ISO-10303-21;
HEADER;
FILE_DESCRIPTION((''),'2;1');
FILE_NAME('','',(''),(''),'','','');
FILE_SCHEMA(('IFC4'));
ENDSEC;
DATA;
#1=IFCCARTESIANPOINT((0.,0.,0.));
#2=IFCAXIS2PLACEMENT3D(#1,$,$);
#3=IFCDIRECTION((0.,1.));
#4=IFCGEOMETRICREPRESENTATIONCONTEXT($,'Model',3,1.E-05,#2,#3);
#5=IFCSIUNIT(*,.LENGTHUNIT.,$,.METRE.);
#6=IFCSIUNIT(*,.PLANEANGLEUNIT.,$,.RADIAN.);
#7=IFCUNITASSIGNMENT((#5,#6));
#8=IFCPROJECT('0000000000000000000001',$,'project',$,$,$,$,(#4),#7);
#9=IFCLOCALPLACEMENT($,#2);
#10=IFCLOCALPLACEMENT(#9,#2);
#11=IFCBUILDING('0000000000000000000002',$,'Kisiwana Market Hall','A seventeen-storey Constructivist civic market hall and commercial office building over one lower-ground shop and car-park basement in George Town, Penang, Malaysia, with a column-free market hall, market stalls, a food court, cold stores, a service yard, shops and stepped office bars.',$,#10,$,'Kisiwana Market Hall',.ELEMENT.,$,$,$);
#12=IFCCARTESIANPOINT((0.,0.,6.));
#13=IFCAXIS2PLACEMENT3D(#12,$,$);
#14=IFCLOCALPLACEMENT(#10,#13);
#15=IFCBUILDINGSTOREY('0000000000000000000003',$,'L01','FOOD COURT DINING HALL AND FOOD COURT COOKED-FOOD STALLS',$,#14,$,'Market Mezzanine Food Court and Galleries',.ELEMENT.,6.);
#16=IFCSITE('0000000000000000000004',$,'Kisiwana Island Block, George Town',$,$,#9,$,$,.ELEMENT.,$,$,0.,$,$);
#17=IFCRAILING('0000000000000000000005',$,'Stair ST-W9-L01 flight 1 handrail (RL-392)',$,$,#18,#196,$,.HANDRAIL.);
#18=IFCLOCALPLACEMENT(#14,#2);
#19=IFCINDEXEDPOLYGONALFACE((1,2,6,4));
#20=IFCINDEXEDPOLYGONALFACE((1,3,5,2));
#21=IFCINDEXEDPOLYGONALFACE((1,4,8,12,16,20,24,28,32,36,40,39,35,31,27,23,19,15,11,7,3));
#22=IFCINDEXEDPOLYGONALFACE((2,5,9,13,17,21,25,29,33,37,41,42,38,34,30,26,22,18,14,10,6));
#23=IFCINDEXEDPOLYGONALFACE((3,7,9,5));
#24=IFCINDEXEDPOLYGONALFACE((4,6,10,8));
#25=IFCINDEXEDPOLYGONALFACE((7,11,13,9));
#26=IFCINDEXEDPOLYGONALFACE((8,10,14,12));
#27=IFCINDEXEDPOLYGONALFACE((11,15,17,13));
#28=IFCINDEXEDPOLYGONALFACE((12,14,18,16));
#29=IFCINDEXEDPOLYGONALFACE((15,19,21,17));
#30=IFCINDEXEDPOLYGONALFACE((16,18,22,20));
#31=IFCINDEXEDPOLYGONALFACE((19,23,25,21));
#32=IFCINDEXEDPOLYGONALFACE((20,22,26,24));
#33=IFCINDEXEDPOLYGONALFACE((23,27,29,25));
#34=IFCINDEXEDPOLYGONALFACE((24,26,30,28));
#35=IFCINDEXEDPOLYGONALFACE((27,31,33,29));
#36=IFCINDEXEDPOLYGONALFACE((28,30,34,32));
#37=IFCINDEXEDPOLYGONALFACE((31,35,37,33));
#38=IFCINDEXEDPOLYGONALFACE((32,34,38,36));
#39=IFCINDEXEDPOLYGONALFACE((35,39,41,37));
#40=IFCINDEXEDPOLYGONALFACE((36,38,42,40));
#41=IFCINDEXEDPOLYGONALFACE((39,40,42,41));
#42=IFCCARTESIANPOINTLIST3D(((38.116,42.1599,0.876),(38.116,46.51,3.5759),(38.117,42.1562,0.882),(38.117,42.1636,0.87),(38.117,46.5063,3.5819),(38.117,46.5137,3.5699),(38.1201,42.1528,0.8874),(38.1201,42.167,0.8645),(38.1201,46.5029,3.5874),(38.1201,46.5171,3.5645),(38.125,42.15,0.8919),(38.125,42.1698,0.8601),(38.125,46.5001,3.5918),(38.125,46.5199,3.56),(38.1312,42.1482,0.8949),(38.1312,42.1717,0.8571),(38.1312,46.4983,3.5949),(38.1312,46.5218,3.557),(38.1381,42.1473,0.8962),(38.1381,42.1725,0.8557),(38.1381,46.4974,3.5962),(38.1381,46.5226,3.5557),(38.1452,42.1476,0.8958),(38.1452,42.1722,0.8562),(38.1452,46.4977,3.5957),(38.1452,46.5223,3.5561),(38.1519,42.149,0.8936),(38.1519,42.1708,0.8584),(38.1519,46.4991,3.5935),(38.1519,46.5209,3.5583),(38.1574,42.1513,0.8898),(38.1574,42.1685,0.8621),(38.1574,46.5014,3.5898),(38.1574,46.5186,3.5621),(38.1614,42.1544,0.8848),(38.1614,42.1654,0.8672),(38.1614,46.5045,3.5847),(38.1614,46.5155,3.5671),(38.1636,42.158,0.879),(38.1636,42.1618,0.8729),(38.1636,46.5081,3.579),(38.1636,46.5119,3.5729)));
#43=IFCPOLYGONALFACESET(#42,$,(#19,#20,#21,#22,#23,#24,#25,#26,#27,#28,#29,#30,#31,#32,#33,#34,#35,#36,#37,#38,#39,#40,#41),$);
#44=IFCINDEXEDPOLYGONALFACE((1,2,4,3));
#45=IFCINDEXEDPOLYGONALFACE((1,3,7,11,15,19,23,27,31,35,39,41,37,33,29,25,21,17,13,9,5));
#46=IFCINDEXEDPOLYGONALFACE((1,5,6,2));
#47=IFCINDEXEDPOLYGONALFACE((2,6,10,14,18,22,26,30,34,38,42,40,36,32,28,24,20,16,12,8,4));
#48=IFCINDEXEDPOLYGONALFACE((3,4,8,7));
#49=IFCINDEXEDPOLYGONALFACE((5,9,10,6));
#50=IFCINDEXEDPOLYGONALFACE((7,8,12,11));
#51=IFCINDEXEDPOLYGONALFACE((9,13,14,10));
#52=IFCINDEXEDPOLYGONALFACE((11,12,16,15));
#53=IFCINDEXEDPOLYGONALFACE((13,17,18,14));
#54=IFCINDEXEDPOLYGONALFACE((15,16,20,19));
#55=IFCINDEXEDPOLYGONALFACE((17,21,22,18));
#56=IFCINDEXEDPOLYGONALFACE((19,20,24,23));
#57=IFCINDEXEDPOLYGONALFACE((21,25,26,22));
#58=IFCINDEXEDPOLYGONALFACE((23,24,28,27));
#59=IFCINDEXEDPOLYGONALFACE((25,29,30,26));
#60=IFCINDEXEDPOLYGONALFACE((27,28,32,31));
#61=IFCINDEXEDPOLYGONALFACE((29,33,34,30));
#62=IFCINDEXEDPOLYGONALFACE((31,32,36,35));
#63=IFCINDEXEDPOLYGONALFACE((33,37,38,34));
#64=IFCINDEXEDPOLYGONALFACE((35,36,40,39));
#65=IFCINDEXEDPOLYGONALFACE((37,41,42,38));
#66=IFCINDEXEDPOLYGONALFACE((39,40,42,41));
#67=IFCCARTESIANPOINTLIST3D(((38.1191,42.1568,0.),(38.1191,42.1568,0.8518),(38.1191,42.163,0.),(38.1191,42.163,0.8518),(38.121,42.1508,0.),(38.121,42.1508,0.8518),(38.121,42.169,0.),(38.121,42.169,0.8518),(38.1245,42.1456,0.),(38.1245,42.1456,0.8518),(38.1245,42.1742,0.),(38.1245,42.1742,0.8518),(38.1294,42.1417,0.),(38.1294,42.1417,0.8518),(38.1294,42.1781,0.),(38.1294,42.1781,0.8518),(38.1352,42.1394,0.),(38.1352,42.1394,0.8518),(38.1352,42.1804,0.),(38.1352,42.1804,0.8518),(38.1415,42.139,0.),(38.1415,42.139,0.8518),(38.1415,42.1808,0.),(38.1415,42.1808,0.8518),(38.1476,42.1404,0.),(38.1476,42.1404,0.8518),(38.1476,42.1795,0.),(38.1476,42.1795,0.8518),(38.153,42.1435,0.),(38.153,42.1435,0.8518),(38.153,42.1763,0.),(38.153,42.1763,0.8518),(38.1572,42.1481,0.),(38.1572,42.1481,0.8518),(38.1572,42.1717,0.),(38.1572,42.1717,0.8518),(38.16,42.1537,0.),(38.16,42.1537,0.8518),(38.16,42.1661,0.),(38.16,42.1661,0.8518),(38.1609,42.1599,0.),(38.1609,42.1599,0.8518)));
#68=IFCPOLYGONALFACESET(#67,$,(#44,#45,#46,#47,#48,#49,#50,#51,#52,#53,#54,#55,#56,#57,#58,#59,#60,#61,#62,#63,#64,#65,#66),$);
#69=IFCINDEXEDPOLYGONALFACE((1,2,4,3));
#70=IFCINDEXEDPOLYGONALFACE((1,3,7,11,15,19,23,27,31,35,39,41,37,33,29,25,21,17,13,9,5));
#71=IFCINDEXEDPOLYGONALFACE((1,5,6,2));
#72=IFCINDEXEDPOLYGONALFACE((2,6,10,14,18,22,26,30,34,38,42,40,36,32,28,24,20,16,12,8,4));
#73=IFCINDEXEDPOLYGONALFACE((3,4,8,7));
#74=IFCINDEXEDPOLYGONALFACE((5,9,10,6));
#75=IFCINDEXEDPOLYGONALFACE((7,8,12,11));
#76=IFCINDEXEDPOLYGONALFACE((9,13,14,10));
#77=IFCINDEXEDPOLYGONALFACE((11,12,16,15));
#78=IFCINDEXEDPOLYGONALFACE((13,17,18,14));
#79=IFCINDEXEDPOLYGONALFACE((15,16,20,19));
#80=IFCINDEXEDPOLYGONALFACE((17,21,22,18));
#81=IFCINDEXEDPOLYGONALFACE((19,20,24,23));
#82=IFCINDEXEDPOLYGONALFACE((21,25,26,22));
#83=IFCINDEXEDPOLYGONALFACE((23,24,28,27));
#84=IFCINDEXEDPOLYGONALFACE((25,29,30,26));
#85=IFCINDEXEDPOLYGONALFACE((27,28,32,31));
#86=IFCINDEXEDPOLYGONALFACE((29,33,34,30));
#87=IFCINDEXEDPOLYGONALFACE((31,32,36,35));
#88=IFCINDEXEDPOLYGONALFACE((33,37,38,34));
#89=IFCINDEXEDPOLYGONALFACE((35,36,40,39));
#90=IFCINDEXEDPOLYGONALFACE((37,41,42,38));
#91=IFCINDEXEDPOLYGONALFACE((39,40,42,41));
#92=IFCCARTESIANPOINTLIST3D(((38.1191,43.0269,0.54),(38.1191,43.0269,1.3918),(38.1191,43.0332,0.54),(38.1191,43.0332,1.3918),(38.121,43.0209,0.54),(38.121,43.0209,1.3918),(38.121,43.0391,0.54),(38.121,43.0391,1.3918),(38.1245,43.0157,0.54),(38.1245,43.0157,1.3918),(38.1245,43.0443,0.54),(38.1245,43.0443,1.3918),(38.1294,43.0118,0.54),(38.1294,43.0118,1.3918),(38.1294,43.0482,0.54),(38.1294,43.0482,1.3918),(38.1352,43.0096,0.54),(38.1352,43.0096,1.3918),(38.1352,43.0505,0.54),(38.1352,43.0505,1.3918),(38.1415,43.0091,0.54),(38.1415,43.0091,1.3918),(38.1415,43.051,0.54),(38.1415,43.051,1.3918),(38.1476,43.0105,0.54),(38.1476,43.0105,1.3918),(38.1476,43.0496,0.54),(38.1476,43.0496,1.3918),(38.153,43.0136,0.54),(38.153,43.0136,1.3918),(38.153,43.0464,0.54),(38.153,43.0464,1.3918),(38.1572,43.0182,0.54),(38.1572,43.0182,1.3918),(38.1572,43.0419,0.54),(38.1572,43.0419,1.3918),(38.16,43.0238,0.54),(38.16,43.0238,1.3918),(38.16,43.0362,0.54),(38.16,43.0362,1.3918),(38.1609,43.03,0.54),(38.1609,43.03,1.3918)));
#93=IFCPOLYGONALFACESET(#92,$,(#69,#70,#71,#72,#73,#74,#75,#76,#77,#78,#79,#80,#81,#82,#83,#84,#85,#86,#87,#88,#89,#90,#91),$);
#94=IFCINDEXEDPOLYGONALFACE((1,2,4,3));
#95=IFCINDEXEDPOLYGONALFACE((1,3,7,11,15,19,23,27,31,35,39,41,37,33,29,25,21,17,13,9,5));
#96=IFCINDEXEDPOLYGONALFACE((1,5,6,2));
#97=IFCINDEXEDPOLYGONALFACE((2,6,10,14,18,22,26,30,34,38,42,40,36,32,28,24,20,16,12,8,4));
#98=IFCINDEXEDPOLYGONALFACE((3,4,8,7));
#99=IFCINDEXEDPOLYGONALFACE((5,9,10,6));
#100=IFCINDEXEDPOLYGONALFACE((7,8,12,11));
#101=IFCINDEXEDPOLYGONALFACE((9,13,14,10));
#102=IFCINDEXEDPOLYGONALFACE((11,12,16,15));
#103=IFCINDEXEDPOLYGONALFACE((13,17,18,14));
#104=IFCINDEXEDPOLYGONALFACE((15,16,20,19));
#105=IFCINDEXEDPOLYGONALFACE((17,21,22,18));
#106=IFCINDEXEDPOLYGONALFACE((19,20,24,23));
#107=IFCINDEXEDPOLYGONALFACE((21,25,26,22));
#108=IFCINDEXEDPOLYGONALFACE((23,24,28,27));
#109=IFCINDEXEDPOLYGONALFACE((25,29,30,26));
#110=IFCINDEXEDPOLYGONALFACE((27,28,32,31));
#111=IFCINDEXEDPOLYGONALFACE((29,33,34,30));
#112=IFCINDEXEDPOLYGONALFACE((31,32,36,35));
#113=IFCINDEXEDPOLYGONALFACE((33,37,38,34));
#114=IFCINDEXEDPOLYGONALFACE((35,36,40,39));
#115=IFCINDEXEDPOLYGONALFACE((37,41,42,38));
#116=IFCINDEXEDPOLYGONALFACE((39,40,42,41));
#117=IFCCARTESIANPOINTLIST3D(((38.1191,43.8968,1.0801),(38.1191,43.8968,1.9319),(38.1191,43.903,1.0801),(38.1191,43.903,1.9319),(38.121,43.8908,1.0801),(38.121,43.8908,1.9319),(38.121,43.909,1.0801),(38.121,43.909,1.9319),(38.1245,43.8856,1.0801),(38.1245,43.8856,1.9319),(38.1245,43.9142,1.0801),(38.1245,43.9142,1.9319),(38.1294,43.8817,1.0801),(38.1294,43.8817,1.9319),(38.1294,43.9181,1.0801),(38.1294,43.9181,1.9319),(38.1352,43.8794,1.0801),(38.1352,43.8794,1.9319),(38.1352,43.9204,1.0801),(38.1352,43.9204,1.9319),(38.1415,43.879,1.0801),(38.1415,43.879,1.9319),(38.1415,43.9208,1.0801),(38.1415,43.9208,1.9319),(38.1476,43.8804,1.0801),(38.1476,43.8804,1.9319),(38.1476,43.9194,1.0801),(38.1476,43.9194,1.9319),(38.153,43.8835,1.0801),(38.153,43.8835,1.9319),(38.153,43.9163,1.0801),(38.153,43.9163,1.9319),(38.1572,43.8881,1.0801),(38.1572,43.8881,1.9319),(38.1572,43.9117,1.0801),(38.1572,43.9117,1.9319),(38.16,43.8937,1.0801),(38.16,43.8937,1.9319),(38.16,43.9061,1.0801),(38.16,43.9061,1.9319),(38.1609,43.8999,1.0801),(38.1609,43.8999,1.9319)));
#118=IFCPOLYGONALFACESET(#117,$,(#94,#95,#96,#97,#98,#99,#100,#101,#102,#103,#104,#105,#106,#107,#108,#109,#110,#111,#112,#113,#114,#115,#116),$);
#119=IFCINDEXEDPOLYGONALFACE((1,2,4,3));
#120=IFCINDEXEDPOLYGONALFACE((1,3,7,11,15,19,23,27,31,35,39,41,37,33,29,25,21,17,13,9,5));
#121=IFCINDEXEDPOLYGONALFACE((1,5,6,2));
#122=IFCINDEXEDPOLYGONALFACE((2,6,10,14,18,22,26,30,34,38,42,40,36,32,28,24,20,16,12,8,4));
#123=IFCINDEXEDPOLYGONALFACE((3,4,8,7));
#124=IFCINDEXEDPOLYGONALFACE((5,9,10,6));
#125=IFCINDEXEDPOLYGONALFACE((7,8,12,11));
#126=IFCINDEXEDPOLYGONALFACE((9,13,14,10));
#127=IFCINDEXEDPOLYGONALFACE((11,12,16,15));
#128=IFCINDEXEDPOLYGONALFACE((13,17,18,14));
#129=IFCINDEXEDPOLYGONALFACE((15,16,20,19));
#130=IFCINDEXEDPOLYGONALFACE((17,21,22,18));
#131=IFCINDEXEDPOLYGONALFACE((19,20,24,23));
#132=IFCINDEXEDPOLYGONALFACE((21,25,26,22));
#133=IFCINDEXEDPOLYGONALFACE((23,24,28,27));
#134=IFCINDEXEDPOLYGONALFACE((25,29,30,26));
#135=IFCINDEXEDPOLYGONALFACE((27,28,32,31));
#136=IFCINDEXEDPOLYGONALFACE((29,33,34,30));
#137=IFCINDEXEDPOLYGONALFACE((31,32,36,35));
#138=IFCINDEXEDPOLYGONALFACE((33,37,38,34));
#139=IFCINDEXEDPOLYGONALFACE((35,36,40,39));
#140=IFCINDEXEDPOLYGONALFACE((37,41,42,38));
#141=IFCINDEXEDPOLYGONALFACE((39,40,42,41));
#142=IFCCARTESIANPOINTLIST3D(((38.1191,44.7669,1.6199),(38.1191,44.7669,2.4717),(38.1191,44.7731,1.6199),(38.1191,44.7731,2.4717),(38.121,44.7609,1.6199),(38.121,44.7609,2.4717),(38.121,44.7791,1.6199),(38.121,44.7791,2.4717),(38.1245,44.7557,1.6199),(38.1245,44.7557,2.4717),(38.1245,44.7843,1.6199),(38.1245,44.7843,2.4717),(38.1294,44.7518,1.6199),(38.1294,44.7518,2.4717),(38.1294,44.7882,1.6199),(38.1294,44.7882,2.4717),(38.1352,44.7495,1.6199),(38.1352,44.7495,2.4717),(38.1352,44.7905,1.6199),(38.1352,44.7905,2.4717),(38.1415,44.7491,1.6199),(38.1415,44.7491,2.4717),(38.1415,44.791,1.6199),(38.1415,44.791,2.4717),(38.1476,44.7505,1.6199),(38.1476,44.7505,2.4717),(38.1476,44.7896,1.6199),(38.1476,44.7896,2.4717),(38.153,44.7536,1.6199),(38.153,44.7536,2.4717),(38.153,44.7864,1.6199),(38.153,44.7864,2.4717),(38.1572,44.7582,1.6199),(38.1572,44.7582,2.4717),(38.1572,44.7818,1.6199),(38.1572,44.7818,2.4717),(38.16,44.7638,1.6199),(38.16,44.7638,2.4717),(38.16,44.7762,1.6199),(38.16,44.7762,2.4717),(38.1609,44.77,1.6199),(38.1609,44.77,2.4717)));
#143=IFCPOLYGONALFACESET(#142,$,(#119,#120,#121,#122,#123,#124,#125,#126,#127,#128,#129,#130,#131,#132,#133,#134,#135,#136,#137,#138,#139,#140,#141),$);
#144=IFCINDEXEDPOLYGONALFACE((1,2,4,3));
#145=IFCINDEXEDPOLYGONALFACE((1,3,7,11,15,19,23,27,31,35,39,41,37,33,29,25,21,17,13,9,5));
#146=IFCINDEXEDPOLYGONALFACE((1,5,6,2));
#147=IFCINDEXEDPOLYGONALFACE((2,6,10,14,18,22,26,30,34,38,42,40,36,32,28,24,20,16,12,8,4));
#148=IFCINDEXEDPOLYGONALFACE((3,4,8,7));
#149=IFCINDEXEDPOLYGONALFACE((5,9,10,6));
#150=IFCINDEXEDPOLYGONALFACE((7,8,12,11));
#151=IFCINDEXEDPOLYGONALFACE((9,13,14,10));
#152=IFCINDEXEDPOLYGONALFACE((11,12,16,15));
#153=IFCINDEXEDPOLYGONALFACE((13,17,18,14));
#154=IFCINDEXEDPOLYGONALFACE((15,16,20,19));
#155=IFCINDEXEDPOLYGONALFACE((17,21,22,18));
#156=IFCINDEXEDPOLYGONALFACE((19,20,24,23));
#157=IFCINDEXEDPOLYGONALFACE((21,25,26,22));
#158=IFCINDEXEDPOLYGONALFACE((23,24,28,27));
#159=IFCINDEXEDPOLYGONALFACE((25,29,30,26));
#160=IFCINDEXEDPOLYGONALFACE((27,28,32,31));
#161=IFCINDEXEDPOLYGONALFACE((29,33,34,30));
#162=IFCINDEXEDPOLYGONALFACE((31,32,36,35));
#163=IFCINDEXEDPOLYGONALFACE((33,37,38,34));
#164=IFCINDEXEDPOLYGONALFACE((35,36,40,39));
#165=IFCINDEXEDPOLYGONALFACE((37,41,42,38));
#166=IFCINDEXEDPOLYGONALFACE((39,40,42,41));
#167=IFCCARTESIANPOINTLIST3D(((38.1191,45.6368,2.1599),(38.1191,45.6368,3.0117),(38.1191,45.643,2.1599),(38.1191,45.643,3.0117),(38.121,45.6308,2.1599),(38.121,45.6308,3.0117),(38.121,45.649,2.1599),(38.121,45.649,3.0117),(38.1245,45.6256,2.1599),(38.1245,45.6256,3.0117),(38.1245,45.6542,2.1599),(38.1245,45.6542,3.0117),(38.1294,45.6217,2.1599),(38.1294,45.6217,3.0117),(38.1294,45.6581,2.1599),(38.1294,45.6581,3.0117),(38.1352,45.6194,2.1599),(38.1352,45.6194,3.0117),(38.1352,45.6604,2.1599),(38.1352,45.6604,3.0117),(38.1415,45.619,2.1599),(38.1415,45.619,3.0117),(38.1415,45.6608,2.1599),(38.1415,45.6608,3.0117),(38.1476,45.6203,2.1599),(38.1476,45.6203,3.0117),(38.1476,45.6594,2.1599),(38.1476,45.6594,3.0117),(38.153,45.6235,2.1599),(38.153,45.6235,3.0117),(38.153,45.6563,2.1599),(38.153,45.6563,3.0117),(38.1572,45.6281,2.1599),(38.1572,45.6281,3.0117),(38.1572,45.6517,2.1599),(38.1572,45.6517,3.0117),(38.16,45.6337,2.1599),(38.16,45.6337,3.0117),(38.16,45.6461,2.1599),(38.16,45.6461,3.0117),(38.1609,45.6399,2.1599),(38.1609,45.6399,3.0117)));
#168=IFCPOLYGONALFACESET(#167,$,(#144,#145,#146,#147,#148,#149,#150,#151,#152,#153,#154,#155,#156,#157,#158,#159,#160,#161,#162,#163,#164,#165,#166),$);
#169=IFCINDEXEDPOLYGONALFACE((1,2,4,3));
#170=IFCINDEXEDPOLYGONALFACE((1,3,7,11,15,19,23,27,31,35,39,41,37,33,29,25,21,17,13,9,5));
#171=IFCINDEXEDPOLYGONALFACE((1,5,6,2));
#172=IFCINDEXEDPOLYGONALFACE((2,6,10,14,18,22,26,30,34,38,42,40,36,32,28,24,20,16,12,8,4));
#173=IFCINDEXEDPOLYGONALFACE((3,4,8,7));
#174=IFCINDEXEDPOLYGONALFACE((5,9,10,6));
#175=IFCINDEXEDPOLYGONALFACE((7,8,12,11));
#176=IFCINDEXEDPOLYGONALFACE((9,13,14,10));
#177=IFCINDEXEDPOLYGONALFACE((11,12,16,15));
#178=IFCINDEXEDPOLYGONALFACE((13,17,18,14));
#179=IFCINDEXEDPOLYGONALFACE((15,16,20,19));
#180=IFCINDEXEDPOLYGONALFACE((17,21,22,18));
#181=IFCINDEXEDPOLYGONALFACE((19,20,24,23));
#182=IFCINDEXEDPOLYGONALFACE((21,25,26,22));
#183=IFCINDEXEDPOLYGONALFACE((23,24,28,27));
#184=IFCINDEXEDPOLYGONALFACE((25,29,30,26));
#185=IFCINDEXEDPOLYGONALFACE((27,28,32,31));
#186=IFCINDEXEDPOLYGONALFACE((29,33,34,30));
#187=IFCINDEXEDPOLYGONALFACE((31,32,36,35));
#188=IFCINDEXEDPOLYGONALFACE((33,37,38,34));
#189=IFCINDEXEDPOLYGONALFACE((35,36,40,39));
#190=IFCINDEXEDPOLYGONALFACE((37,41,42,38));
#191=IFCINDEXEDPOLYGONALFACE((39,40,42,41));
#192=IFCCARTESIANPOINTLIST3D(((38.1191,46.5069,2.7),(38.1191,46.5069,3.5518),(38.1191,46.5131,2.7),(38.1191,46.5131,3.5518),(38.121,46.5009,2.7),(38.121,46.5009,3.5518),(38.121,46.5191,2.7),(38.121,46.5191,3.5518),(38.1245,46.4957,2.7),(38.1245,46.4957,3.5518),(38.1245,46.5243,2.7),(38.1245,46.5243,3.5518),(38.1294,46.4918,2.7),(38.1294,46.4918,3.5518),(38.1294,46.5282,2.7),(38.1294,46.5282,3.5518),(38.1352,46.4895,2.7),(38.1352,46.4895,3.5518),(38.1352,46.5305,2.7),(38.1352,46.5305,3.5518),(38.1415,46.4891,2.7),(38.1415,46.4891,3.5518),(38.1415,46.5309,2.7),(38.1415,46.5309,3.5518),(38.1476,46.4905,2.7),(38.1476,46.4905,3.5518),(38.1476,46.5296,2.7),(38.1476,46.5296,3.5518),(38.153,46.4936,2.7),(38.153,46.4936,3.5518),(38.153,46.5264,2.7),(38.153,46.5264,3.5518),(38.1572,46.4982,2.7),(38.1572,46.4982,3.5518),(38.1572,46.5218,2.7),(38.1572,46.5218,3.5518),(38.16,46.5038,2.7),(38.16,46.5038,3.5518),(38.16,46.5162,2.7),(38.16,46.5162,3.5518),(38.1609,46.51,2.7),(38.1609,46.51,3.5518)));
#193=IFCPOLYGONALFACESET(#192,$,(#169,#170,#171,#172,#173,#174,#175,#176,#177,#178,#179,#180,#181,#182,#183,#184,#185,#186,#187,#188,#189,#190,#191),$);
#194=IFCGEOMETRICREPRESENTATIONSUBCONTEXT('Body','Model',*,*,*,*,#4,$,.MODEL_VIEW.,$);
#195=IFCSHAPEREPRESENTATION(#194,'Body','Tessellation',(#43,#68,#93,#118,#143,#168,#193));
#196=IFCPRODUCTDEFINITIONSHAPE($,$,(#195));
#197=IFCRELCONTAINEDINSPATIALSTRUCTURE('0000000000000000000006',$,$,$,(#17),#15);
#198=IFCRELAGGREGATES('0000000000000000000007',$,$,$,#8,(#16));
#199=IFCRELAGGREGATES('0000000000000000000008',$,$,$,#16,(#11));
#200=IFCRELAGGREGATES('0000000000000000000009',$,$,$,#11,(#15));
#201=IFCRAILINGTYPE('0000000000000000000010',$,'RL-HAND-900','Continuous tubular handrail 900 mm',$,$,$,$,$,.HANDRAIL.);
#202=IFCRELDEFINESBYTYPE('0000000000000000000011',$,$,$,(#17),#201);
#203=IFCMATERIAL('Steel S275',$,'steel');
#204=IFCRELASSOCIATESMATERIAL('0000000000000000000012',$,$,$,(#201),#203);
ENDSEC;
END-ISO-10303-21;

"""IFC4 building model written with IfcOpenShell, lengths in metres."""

from ifc_helpers import new_model, si_unit, direction, frame, origin, origin_2d, place, context, subcontext, project, spatial, circle, extrude, material, type_object, element, save


model = new_model("IFC4")

# Units and contexts
model_context = context("Model", 3, precision=1e-05, world=origin(), true_north=direction((0.0, 1.0)))
body_context = subcontext(model_context, "Body", "Model", "MODEL_VIEW")
ifc_project = project(units=[si_unit("LENGTHUNIT", "METRE"), si_unit("PLANEANGLEUNIT", "RADIAN")], contexts=[model_context])

# Site, building, storey
site_placement = place(None, origin())
site = spatial("IfcSite", under=ifc_project, at=site_placement, Name="Kisiwana Island Block, George Town", CompositionType="ELEMENT", RefElevation=0.0)
building_placement = place(site_placement, origin())
building = spatial("IfcBuilding", under=site, at=building_placement, Name="Kisiwana Market Hall", Description="A seventeen-storey Constructivist civic market hall and commercial office building over one lower-ground shop and car-park basement in George Town, Penang, Malaysia, with a column-free market hall, market stalls, a food court, cold stores, a service yard, shops and stepped office bars.", LongName="Kisiwana Market Hall", CompositionType="ELEMENT")
storey_placement = place(building_placement, frame((0.0, 0.0, 6.0)))
storey = spatial("IfcBuildingStorey", under=building, at=storey_placement, Name="L01", Description="FOOD COURT DINING HALL AND FOOD COURT COOKED-FOOD STALLS", LongName="Market Mezzanine Food Court and Galleries", CompositionType="ELEMENT", Elevation=6.0)

# Railing
ifc_material_1 = material(Name="Steel S275", Category="steel")
railing_type_1 = type_object("IfcRailingType", Name="RL-HAND-900", Description="Continuous tubular handrail 900 mm", PredefinedType="HANDRAIL", material=ifc_material_1)
for number, where, name in (
    (1, (38.1399, 42.1599, 0.0), "Stair ST-W9-L01 flight 1 handrail (RL-392)"),
):
    element("IfcRailing", number, at=place(storey_placement, frame(where)), inside=storey, type_object=railing_type_1, Name=name, PredefinedType="HANDRAIL", context=body_context, shape_type="SweptSolid", body=[
        extrude(circle(Radius=0.0239, at=origin_2d()), frame((0.0, 0.0, 0.876), z_axis=(0.0, 0.84965, 0.527347), x_axis=(-1.0, 0.0, 0.0)), (0.0, 0.0, 1.0), 5.1199),
        extrude(circle(Radius=0.021, at=origin_2d()), origin(), (0.0, 0.0, 1.0), 0.8518),
        extrude(circle(Radius=0.021, at=origin_2d()), frame((0.0, 0.8701, 0.54)), (0.0, 0.0, 1.0), 0.8518),
        extrude(circle(Radius=0.021, at=origin_2d()), frame((0.0, 1.74, 1.0801)), (0.0, 0.0, 1.0), 0.8518),
        extrude(circle(Radius=0.021, at=origin_2d()), frame((0.0, 2.6101, 1.6199)), (0.0, 0.0, 1.0), 0.8518),
        extrude(circle(Radius=0.021, at=origin_2d()), frame((0.0, 3.48, 2.1599)), (0.0, 0.0, 1.0), 0.8518),
        extrude(circle(Radius=0.021, at=origin_2d()), frame((0.0, 4.3501, 2.7)), (0.0, 0.0, 1.0), 0.8518),
    ])

save(model, "model.ifc")
